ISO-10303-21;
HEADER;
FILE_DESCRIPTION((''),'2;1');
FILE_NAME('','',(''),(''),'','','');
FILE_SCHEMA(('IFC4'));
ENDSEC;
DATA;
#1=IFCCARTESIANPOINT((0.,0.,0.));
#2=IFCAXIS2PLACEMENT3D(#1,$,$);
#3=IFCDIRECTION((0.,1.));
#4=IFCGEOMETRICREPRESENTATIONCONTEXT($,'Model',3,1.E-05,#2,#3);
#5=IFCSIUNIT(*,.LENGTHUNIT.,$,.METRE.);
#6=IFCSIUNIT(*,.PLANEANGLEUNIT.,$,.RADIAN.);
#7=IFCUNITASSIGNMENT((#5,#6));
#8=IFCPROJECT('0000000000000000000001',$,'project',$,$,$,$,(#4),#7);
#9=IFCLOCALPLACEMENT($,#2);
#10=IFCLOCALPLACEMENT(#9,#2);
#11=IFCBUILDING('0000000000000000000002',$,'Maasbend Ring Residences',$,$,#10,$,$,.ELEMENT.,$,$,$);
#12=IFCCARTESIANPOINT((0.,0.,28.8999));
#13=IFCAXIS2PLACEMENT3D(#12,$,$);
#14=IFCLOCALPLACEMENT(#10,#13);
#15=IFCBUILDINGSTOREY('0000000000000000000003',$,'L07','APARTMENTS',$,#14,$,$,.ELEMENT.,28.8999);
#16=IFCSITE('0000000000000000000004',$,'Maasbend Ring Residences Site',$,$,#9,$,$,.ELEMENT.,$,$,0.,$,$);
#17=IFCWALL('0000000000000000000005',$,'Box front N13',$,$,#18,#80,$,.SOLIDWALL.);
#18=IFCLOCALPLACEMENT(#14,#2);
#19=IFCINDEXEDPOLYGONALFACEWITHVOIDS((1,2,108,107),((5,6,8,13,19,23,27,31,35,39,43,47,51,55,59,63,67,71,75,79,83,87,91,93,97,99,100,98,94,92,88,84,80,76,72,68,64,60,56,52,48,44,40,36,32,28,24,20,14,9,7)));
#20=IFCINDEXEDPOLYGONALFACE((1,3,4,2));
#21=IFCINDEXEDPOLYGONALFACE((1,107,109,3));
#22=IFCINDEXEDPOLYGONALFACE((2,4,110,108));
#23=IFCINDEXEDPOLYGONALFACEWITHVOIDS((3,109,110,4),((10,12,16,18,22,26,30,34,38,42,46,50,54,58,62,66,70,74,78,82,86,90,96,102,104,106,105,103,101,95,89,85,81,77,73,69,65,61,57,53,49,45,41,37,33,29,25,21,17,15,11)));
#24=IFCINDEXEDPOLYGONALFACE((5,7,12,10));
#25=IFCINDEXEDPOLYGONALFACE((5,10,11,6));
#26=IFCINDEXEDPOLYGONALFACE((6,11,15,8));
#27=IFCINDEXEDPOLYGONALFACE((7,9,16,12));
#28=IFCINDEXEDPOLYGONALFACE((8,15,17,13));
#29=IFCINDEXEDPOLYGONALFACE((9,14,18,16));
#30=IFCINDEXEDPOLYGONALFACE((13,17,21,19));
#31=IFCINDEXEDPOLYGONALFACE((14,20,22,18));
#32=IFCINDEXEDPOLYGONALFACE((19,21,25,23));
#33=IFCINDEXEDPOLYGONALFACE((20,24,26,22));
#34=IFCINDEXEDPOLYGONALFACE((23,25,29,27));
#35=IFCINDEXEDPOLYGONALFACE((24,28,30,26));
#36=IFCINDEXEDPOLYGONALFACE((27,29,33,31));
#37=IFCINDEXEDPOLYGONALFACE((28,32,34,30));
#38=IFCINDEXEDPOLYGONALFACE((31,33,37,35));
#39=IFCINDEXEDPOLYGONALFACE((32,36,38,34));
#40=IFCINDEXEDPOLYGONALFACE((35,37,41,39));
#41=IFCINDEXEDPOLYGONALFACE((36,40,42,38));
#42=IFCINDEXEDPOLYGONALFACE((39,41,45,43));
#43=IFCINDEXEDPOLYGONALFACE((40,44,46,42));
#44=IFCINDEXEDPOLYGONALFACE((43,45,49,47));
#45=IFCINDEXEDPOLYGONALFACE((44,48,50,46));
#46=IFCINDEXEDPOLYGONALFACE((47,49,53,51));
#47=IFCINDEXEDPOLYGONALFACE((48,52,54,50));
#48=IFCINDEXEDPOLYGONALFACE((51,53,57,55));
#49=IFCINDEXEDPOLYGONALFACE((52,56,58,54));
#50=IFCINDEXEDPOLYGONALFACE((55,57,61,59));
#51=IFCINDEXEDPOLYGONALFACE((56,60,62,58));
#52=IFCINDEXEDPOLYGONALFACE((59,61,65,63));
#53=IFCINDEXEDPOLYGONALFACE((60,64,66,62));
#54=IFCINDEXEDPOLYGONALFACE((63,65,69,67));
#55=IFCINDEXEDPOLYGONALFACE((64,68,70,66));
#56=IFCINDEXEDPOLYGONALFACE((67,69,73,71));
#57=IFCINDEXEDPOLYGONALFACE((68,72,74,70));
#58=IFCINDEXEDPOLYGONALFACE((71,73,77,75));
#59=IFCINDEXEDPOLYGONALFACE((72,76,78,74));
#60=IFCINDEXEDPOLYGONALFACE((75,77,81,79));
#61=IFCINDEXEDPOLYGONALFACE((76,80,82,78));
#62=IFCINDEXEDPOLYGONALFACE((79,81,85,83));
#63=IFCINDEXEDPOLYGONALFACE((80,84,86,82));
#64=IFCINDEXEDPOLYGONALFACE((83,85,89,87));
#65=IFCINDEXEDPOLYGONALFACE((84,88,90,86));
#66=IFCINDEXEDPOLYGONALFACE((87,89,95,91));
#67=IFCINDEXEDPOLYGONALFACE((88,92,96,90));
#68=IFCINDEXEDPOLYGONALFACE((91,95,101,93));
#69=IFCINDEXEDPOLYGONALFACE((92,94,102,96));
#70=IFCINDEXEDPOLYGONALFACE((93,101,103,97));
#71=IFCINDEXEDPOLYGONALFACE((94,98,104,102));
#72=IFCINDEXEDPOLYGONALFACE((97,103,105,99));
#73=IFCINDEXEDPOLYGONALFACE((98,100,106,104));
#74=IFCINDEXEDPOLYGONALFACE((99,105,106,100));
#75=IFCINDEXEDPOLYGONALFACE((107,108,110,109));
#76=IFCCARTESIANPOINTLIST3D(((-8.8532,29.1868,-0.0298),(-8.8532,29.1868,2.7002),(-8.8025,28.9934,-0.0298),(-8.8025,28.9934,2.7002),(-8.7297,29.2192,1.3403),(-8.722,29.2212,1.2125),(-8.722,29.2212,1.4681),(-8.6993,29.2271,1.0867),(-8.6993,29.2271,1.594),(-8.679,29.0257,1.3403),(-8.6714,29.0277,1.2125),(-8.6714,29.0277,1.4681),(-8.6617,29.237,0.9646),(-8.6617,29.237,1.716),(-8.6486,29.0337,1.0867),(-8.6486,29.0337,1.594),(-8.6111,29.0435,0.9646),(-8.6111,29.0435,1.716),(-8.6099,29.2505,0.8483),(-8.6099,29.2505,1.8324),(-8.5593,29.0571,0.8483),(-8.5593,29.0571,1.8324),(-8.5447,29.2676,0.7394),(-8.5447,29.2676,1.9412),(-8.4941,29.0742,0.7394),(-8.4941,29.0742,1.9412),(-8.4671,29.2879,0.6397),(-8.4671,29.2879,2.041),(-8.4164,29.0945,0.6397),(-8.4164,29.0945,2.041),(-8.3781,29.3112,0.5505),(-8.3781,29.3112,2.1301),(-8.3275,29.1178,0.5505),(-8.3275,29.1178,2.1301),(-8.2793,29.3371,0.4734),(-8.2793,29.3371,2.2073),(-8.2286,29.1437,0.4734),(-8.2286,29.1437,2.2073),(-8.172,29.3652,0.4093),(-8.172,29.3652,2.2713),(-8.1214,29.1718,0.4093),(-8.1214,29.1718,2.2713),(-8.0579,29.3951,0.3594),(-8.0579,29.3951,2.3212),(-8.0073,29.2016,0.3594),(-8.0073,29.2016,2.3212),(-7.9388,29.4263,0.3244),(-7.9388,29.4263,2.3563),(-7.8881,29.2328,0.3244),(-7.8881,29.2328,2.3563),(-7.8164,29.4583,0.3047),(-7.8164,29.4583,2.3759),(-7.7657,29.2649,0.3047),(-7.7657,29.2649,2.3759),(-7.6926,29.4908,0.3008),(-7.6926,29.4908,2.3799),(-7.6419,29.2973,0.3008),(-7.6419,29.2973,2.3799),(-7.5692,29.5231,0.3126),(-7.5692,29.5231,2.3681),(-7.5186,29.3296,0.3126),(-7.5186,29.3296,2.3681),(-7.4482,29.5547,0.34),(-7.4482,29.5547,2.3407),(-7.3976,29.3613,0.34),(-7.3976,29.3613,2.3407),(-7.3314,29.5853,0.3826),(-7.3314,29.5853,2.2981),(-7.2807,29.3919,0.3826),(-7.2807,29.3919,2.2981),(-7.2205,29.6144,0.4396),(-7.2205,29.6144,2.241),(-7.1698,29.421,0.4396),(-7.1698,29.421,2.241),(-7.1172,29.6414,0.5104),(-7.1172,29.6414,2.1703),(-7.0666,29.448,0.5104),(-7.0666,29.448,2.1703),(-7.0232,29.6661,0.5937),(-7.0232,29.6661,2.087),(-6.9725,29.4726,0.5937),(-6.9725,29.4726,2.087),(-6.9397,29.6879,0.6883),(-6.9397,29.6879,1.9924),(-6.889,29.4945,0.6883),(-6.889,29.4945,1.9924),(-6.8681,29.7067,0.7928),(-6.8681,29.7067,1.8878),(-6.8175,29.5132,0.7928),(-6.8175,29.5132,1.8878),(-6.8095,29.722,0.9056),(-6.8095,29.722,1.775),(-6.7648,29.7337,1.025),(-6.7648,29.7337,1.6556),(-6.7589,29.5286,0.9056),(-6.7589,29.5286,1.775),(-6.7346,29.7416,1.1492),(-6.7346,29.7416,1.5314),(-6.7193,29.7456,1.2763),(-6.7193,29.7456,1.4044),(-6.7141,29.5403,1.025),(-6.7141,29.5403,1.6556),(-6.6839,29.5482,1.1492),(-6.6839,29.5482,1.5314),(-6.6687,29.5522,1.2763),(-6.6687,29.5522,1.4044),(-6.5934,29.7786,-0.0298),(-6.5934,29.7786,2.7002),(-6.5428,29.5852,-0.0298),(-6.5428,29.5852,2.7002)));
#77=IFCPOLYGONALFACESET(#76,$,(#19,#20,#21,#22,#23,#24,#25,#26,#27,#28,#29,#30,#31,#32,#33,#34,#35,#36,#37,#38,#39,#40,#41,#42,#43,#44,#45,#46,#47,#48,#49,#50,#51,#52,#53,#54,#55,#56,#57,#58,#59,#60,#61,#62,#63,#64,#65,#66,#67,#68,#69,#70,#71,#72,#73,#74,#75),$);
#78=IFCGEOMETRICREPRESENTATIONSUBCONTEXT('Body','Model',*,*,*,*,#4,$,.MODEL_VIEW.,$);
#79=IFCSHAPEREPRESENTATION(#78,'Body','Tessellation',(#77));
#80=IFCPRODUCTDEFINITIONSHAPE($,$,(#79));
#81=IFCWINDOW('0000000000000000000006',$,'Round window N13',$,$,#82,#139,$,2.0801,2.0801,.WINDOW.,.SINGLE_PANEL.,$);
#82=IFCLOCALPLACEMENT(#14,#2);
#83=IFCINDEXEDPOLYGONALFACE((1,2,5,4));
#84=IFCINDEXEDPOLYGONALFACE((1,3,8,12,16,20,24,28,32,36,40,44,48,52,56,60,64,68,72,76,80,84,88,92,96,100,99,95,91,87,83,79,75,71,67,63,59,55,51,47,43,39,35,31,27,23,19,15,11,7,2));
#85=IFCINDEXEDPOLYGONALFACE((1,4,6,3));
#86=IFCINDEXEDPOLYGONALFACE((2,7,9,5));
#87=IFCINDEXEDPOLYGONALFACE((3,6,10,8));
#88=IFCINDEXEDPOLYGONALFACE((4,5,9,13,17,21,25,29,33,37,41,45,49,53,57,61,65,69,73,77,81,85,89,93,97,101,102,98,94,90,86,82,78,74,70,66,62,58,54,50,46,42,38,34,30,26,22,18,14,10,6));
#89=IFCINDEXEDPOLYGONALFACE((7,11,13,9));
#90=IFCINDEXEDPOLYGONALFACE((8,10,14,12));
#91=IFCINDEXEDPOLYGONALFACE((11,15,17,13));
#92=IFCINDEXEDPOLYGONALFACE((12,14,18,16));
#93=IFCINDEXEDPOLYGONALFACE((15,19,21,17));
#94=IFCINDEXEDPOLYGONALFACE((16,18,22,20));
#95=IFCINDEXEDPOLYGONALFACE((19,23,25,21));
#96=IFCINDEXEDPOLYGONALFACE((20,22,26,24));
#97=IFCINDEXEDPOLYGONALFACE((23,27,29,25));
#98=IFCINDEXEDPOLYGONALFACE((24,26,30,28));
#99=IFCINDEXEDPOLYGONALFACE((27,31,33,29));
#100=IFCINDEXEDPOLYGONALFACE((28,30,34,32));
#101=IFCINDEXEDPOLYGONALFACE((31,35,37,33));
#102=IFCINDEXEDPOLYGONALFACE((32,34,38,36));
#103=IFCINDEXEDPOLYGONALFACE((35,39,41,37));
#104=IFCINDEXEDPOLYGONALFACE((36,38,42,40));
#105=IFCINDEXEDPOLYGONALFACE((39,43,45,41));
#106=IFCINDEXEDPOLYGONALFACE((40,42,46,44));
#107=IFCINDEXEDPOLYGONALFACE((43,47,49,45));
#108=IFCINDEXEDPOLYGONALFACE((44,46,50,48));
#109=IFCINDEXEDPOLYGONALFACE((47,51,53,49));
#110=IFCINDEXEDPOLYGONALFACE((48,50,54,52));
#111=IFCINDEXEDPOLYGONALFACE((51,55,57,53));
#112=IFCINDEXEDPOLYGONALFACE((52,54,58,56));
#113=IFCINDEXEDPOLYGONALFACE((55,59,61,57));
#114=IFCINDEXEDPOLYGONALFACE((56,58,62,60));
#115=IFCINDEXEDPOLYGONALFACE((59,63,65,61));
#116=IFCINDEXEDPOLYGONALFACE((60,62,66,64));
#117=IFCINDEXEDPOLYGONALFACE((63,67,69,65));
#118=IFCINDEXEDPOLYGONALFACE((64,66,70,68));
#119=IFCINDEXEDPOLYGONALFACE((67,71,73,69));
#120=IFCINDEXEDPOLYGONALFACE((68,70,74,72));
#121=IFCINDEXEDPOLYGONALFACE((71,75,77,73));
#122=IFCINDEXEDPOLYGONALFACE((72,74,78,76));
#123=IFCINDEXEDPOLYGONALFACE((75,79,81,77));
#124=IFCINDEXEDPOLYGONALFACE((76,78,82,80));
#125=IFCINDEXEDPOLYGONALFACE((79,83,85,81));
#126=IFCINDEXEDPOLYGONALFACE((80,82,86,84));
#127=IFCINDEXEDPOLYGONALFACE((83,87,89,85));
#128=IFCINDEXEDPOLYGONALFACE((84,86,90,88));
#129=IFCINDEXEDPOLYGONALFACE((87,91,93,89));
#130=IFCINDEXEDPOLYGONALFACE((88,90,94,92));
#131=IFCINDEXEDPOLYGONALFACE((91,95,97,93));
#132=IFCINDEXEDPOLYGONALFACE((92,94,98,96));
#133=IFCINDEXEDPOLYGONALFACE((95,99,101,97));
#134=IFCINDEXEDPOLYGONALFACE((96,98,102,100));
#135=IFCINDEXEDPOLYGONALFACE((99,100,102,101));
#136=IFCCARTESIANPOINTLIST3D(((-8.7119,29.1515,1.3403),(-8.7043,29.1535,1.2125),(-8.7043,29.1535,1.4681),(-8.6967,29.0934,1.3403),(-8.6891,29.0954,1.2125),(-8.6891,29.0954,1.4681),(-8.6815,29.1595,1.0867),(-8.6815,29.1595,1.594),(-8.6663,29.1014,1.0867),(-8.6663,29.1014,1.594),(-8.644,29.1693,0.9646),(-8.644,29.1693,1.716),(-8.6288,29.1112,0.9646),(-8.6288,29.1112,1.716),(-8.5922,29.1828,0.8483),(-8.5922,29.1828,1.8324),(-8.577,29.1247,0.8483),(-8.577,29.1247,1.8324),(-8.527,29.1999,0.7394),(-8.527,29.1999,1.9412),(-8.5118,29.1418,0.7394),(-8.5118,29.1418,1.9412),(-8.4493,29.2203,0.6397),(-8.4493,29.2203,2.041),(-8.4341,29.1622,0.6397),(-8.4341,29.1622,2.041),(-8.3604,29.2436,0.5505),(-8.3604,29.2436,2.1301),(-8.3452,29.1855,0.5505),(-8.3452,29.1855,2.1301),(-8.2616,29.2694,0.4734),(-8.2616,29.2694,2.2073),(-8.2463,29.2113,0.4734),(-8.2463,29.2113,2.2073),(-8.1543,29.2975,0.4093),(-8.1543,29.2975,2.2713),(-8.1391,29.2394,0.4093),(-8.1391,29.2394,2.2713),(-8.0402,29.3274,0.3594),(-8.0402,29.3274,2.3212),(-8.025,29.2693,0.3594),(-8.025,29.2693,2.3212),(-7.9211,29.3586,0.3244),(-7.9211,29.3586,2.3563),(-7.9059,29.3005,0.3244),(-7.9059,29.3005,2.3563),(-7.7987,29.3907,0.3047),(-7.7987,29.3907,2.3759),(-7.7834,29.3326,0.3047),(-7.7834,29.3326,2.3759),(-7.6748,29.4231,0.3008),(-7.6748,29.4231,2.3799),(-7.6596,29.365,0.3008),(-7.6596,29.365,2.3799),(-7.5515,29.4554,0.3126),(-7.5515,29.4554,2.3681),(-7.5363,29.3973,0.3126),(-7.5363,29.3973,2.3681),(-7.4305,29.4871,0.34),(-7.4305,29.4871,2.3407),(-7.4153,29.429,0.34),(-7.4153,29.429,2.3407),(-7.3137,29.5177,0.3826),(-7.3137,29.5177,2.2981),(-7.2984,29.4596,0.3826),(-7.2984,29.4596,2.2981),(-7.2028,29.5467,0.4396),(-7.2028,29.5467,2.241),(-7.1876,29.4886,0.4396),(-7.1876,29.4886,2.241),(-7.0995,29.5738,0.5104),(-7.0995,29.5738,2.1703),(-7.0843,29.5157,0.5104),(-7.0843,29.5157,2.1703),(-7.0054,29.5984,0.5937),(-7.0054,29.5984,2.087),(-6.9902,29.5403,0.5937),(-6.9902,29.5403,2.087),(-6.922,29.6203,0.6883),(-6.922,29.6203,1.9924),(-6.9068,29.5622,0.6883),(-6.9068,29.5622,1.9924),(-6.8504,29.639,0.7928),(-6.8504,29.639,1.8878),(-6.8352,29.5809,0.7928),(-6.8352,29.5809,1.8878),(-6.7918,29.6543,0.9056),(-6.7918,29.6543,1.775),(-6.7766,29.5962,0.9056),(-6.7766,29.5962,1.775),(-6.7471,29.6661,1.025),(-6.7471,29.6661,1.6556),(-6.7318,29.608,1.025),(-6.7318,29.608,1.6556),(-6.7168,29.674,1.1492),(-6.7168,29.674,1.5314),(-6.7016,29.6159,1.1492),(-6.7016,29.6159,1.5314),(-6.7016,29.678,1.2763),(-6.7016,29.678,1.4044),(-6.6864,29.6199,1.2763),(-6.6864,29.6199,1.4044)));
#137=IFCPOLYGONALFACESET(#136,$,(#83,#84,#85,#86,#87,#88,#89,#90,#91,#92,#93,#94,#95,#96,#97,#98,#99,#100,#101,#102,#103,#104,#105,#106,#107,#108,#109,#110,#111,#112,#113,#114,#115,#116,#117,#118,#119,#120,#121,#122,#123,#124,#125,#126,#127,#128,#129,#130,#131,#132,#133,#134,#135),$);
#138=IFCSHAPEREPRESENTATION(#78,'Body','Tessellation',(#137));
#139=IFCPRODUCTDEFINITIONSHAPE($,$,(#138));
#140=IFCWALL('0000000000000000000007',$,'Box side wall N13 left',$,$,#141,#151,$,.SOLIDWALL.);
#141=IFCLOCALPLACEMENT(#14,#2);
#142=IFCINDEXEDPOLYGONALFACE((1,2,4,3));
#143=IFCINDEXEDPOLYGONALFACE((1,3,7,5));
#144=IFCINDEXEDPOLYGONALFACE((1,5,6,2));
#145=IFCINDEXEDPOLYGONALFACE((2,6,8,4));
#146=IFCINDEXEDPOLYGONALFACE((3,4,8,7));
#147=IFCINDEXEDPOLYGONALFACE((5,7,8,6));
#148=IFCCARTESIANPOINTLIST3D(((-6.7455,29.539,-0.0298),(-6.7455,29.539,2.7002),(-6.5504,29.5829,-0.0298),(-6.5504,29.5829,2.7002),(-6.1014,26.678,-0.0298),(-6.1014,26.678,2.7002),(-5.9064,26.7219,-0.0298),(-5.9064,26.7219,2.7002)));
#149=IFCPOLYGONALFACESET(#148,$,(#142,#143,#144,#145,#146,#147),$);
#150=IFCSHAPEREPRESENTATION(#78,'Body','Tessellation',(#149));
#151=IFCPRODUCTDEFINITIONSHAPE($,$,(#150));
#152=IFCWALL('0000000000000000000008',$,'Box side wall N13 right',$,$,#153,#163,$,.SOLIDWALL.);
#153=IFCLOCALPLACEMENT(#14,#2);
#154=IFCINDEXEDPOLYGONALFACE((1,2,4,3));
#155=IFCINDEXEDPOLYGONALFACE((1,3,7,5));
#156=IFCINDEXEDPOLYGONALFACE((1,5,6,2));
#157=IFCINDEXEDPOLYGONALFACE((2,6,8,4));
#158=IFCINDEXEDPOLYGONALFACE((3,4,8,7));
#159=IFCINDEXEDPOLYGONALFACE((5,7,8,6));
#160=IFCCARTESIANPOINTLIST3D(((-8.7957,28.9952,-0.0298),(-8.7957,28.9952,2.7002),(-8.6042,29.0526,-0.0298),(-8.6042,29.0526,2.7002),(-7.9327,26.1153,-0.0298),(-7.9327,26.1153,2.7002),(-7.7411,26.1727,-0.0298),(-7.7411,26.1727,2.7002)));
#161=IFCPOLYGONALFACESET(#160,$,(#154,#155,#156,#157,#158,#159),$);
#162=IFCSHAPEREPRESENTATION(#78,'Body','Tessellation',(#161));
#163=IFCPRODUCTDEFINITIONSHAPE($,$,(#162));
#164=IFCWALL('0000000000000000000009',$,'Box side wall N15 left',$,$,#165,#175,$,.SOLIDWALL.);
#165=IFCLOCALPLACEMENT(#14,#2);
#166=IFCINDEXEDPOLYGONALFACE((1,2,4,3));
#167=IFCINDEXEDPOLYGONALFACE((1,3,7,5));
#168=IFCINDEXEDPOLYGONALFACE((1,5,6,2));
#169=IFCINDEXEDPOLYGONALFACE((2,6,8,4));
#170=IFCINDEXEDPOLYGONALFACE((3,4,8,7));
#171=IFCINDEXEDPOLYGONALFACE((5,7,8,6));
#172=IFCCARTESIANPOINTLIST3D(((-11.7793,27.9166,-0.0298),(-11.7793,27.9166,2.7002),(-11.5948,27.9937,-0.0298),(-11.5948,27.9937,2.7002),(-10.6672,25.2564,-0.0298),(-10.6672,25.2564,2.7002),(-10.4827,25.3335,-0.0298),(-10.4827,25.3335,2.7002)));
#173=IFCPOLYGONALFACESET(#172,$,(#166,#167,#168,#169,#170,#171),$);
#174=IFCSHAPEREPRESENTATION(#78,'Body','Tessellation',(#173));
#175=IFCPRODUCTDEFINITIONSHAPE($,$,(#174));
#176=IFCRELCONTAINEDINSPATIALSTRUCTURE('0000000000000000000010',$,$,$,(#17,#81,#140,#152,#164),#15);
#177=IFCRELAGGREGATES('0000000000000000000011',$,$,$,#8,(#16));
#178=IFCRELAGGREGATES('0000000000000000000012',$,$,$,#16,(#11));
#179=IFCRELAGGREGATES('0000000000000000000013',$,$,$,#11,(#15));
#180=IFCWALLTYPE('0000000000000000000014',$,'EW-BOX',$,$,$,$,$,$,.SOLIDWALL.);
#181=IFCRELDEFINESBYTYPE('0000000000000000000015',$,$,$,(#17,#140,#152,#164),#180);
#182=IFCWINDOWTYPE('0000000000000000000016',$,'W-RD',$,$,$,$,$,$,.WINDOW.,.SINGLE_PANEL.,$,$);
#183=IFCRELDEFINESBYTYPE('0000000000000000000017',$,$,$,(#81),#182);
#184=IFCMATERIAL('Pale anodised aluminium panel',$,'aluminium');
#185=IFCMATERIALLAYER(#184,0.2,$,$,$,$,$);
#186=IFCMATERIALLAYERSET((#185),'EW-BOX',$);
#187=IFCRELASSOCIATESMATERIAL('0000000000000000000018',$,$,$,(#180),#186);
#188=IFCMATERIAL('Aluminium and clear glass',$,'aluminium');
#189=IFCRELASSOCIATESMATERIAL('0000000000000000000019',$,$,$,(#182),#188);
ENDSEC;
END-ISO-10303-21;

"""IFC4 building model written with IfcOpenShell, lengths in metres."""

from ifc_helpers import new_model, si_unit, direction, frame, frame_2d, origin, place, context, subcontext, project, spatial, rectangle, circle, extrude, material, layer, layer_set, type_object, element, fill, save


model = new_model("IFC4")

# Units and contexts
model_context = context("Model", 3, precision=1e-05, world=origin(), true_north=direction((0.0, 1.0)))
body_context = subcontext(model_context, "Body", "Model", "MODEL_VIEW")
ifc_project = project(units=[si_unit("LENGTHUNIT", "METRE"), si_unit("PLANEANGLEUNIT", "RADIAN")], contexts=[model_context])

# Site, building, storey
site_placement = place(None, origin())
site = spatial("IfcSite", under=ifc_project, at=site_placement, Name="Maasbend Ring Residences Site", CompositionType="ELEMENT", RefElevation=0.0)
building_placement = place(site_placement, origin())
building = spatial("IfcBuilding", under=site, at=building_placement, Name="Maasbend Ring Residences", CompositionType="ELEMENT")
storey_placement = place(building_placement, frame((0.0, 0.0, 28.8999)))
storey = spatial("IfcBuildingStorey", under=building, at=storey_placement, Name="L07", Description="APARTMENTS", CompositionType="ELEMENT", Elevation=28.8999)

# Shared definitions
ifc_material_1 = material(Name="Pale anodised aluminium panel", Category="aluminium")
ifc_layer_1 = layer(ifc_material_1, 0.2)
ifc_layer_set_1 = layer_set([ifc_layer_1], Name="EW-BOX")
wall_type_1 = type_object("IfcWallType", Name="EW-BOX", PredefinedType="SOLIDWALL", material=ifc_layer_set_1)

# Wall, opening, window
wall_1_placement = place(storey_placement, frame((-6.5681, 29.6819, -0.0298), z_axis=(0.0, 0.0, 1.0), x_axis=(-0.967377, -0.253341, 0.0)))
wall_1 = element("IfcWall", 1, at=wall_1_placement, inside=storey, type_object=wall_type_1, Name="Box front N13", PredefinedType="SOLIDWALL", context=body_context, shape_type="SweptSolid", body=[
    extrude(rectangle(XDim=2.3359, YDim=0.2, at=frame_2d((1.168, 0.0))), origin(), (0.0, 0.0, 1.0), 2.73),
])
opening_1_placement = place(wall_1_placement, frame((0.1282, 0.0, 0.3301)))
opening_1 = element("IfcOpeningElement", 2, at=opening_1_placement, cuts=wall_1, PredefinedType="OPENING", context=body_context, shape_type="SweptSolid", body=[
    extrude(circle(Radius=1.04, at=frame_2d((1.04, 1.04))), frame((0.0, 0.1099, 0.0), z_axis=(0.0, -1.0, 0.0), x_axis=(1.0, 0.0, 0.0)), (0.0, 0.0, 1.0), 0.22),
])
ifc_material_2 = material(Name="Aluminium and clear glass", Category="aluminium")
window_type_1 = type_object("IfcWindowType", Name="W-RD", PartitioningType="SINGLE_PANEL", PredefinedType="WINDOW", material=ifc_material_2)
window_1_placement = place(opening_1_placement, origin())
window_1 = element("IfcWindow", 3, at=window_1_placement, inside=storey, type_object=window_type_1, Name="Round window N13", OverallHeight=2.0801, OverallWidth=2.0801, PartitioningType="SINGLE_PANEL", PredefinedType="WINDOW", context=body_context, shape_type="SweptSolid", body=[
    extrude(circle(Radius=1.04, at=frame_2d((1.04, 1.04))), frame((0.0, 0.03, 0.0), z_axis=(0.0, -1.0, 0.0), x_axis=(1.0, 0.0, 0.0)), (0.0, 0.0, 1.0), 0.0601),
])
fill(opening_1, window_1)

# Walls
wall_2_placement = place(storey_placement, frame((-6.0039, 26.7, -0.0298), z_axis=(0.0, 0.0, 1.0), x_axis=(-0.219609, 0.975588, 0.0)))
element("IfcWall", 4, at=wall_2_placement, inside=storey, type_object=wall_type_1, Name="Box side wall N13 left", PredefinedType="SOLIDWALL", context=body_context, shape_type="SweptSolid", body=[
    extrude(rectangle(XDim=2.9326, YDim=0.2, at=frame_2d((1.4663, 0.0))), origin(), (0.0, 0.0, 1.0), 2.73),
])
wall_3_placement = place(storey_placement, frame((-7.8369, 26.144, -0.0298), z_axis=(0.0, 0.0, 1.0), x_axis=(-0.287065, 0.957911, 0.0)))
element("IfcWall", 5, at=wall_3_placement, inside=storey, type_object=wall_type_1, Name="Box side wall N13 right", PredefinedType="SOLIDWALL", context=body_context, shape_type="SweptSolid", body=[
    extrude(rectangle(XDim=3.0063, YDim=0.2, at=frame_2d((1.5032, 0.0))), origin(), (0.0, 0.0, 1.0), 2.73),
])
wall_4_placement = place(storey_placement, frame((-10.575, 25.2949, -0.0298), z_axis=(0.0, 0.0, 1.0), x_axis=(-0.385697, 0.922625, 0.0)))
element("IfcWall", 6, at=wall_4_placement, inside=storey, type_object=wall_type_1, Name="Box side wall N15 left", PredefinedType="SOLIDWALL", context=body_context, shape_type="SweptSolid", body=[
    extrude(rectangle(XDim=2.8833, YDim=0.2, at=frame_2d((1.4417, 0.0))), origin(), (0.0, 0.0, 1.0), 2.73),
])

save(model, "model.ifc")
